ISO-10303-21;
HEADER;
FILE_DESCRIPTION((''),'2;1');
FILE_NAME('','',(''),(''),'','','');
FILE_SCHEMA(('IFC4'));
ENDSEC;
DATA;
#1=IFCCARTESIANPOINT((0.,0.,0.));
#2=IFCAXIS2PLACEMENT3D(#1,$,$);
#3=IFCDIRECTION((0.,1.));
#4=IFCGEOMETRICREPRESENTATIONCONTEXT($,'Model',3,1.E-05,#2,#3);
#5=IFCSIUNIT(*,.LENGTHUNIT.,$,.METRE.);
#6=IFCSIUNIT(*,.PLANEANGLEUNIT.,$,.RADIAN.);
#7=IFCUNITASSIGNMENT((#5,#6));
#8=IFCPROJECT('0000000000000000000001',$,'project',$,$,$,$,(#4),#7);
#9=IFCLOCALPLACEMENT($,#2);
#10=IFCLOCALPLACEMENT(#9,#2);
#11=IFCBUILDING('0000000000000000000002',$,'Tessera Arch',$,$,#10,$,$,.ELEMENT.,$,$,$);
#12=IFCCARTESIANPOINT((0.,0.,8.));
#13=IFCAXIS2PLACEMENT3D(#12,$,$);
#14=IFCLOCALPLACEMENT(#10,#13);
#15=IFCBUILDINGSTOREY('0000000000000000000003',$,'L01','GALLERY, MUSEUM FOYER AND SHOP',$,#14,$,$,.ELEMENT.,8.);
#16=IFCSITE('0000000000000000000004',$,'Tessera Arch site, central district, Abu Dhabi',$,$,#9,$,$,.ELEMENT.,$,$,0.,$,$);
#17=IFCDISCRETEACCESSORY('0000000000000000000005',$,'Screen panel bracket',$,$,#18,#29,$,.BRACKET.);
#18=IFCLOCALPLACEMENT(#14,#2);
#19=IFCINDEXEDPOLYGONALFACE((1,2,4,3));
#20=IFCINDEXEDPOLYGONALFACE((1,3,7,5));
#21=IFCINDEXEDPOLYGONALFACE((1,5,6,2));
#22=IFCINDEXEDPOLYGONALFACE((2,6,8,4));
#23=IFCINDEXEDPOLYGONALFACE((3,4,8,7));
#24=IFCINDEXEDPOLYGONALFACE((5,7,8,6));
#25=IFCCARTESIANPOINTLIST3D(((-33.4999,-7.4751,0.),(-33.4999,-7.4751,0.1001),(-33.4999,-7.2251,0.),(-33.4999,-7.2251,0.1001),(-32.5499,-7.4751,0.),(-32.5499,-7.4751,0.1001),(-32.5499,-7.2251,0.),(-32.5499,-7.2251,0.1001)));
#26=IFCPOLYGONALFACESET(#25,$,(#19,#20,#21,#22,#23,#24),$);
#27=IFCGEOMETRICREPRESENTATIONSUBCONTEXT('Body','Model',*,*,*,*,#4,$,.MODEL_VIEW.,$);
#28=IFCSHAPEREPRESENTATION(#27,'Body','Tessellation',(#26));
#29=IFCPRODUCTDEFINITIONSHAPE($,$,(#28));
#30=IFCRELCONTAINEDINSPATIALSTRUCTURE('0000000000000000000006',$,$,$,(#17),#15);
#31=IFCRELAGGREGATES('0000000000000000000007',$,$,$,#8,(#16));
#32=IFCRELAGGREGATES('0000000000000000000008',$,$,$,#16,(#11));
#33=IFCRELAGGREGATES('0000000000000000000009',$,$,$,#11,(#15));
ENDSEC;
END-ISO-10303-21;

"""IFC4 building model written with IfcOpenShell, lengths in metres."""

from ifc_helpers import new_model, si_unit, direction, frame, origin, origin_2d, place, context, subcontext, project, spatial, rectangle, extrude, element, save


model = new_model("IFC4")

# Units and contexts
model_context = context("Model", 3, precision=1e-05, world=origin(), true_north=direction((0.0, 1.0)))
body_context = subcontext(model_context, "Body", "Model", "MODEL_VIEW")
ifc_project = project(units=[si_unit("LENGTHUNIT", "METRE"), si_unit("PLANEANGLEUNIT", "RADIAN")], contexts=[model_context])

# Site, building, storey
site_placement = place(None, origin())
site = spatial("IfcSite", under=ifc_project, at=site_placement, Name="Tessera Arch site, central district, Abu Dhabi", CompositionType="ELEMENT", RefElevation=0.0)
building_placement = place(site_placement, origin())
building = spatial("IfcBuilding", under=site, at=building_placement, Name="Tessera Arch", CompositionType="ELEMENT")
storey_placement = place(building_placement, frame((0.0, 0.0, 8.0)))
storey = spatial("IfcBuildingStorey", under=building, at=storey_placement, Name="L01", Description="GALLERY, MUSEUM FOYER AND SHOP", CompositionType="ELEMENT", Elevation=8.0)

# Discrete accessory
for number, where, z_axis, x_axis, name in (
    (1, (-33.0249, -7.3501, 0.0), (0.0, 0.0, 1.0), (-1.0, 0.0, 0.0), "Screen panel bracket"),
):
    element("IfcDiscreteAccessory", number, at=place(storey_placement, frame(where, z_axis=z_axis, x_axis=x_axis)), inside=storey, Name=name, PredefinedType="BRACKET", context=body_context, shape_type="SweptSolid", body=[
        extrude(rectangle(XDim=0.95, YDim=0.25, at=origin_2d()), origin(), (0.0, 0.0, 1.0), 0.1001),
    ])

save(model, "model.ifc")
